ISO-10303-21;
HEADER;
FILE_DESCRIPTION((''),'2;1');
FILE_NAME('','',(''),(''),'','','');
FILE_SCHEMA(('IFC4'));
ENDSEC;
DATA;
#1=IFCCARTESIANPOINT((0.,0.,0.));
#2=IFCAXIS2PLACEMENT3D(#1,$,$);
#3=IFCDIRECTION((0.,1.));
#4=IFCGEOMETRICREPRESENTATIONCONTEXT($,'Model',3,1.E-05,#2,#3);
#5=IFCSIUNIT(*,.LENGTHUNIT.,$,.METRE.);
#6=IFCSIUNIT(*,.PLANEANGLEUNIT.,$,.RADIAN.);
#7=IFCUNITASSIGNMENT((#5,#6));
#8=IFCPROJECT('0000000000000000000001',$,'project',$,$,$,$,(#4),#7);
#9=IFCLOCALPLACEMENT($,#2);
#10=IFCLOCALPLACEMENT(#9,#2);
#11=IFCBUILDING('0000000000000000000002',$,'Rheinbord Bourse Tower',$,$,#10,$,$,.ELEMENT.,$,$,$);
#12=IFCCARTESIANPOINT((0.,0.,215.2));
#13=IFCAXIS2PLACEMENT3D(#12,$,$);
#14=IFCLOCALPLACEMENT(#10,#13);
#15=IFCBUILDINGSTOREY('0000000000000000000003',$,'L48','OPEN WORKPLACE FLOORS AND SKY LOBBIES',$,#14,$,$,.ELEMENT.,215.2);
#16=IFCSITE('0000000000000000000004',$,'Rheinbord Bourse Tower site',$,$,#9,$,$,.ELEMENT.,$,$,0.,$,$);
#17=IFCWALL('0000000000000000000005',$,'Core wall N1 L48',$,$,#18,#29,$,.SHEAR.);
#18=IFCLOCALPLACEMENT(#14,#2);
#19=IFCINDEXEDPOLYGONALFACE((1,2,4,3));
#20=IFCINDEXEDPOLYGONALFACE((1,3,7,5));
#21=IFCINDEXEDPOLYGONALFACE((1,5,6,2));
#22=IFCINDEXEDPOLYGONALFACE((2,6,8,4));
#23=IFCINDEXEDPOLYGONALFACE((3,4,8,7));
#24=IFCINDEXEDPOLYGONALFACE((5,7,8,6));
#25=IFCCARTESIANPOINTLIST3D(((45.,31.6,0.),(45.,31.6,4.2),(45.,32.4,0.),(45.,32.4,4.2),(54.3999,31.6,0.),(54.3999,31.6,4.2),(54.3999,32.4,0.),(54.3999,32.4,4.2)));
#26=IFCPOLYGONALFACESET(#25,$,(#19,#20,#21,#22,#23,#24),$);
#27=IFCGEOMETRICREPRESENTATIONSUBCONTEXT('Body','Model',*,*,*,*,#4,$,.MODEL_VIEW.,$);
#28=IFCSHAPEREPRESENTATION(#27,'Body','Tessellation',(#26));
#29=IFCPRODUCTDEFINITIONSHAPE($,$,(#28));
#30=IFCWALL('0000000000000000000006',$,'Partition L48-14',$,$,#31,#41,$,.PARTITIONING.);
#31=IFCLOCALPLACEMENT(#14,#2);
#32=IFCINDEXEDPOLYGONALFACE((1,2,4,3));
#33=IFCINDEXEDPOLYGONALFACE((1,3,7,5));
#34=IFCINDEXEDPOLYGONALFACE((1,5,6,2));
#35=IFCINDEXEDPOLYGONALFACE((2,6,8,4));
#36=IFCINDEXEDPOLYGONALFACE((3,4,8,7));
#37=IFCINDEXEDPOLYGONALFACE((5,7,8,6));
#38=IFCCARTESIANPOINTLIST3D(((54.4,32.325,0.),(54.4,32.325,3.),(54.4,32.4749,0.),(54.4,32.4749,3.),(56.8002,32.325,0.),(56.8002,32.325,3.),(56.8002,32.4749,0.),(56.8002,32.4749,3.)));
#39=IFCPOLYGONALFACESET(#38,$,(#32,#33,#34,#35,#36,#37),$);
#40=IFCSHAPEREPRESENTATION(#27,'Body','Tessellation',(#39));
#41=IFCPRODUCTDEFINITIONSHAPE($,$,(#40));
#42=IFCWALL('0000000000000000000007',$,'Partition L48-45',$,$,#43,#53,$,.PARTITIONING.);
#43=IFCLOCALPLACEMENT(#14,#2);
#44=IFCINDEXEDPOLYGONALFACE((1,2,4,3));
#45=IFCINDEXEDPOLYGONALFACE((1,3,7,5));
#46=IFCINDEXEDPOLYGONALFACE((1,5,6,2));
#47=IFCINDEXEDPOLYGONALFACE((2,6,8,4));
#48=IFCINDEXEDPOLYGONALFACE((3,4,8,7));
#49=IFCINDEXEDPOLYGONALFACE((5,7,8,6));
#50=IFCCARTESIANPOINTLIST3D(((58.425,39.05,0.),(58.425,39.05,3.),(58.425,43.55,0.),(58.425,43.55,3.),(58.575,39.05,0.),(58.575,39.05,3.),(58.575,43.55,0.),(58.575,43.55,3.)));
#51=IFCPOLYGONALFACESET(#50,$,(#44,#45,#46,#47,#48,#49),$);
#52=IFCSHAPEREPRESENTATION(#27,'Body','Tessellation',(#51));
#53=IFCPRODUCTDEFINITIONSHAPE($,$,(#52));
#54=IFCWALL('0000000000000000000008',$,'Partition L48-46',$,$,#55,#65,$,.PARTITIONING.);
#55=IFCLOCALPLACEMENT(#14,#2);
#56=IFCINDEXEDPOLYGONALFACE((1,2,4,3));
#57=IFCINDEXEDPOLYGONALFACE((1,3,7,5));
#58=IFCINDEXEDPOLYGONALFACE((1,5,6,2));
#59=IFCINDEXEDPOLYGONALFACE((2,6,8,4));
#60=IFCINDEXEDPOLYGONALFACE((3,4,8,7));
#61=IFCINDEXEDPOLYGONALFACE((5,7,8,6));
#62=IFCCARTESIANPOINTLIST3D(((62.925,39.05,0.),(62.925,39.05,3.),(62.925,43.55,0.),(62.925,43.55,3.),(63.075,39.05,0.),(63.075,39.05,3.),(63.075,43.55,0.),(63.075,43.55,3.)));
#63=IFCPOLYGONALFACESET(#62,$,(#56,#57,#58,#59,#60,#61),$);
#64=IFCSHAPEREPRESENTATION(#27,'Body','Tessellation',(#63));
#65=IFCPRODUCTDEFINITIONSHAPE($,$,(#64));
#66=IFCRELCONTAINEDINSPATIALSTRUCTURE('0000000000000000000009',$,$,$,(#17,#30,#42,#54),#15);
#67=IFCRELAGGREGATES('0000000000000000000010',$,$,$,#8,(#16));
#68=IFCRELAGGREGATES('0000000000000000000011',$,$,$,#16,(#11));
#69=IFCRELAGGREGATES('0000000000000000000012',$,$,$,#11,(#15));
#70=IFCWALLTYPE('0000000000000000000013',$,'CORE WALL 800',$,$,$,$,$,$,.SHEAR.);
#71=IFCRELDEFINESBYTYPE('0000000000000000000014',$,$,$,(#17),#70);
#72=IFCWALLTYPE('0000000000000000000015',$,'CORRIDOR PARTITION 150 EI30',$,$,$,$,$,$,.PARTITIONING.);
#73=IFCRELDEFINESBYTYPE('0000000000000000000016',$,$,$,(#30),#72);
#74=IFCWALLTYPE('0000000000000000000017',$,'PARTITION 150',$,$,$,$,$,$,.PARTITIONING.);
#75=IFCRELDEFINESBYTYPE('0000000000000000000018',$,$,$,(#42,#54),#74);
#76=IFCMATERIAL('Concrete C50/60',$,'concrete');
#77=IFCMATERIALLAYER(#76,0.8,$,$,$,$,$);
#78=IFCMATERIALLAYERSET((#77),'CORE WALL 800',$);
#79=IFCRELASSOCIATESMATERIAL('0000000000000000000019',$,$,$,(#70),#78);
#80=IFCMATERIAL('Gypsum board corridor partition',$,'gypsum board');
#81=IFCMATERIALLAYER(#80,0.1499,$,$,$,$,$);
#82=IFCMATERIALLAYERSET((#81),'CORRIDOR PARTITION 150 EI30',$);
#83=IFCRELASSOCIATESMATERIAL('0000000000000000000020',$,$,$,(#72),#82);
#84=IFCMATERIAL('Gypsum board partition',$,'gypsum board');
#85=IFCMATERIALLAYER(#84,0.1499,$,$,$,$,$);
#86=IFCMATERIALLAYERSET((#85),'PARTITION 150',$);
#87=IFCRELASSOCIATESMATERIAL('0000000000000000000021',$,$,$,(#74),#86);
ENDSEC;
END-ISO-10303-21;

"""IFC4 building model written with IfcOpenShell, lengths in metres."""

from ifc_helpers import new_model, si_unit, direction, frame, frame_2d, origin, place, context, subcontext, project, spatial, rectangle, extrude, material, layer, layer_set, type_object, element, save


model = new_model("IFC4")

# Units and contexts
model_context = context("Model", 3, precision=1e-05, world=origin(), true_north=direction((0.0, 1.0)))
body_context = subcontext(model_context, "Body", "Model", "MODEL_VIEW")
ifc_project = project(units=[si_unit("LENGTHUNIT", "METRE"), si_unit("PLANEANGLEUNIT", "RADIAN")], contexts=[model_context])

# Site, building, storey
site_placement = place(None, origin())
site = spatial("IfcSite", under=ifc_project, at=site_placement, Name="Rheinbord Bourse Tower site", CompositionType="ELEMENT", RefElevation=0.0)
building_placement = place(site_placement, origin())
building = spatial("IfcBuilding", under=site, at=building_placement, Name="Rheinbord Bourse Tower", CompositionType="ELEMENT")
storey_placement = place(building_placement, frame((0.0, 0.0, 215.2)))
storey = spatial("IfcBuildingStorey", under=building, at=storey_placement, Name="L48", Description="OPEN WORKPLACE FLOORS AND SKY LOBBIES", CompositionType="ELEMENT", Elevation=215.2)

# Walls
ifc_material_1 = material(Name="Concrete C50/60", Category="concrete")
ifc_layer_1 = layer(ifc_material_1, 0.8)
ifc_layer_set_1 = layer_set([ifc_layer_1], Name="CORE WALL 800")
wall_type_1 = type_object("IfcWallType", Name="CORE WALL 800", PredefinedType="SHEAR", material=ifc_layer_set_1)
wall_1_placement = place(storey_placement, frame((54.3999, 32.0, 0.0), z_axis=(0.0, 0.0, 1.0), x_axis=(-1.0, 0.0, 0.0)))
element("IfcWall", 1, at=wall_1_placement, inside=storey, type_object=wall_type_1, Name="Core wall N1 L48", PredefinedType="SHEAR", context=body_context, shape_type="SweptSolid", body=[
    extrude(rectangle(XDim=9.3999, YDim=0.8, at=frame_2d((4.7, 0.0))), origin(), (0.0, 0.0, 1.0), 4.2),
])
ifc_material_2 = material(Name="Gypsum board corridor partition", Category="gypsum board")
ifc_layer_2 = layer(ifc_material_2, 0.1499)
ifc_layer_set_2 = layer_set([ifc_layer_2], Name="CORRIDOR PARTITION 150 EI30")
wall_type_2 = type_object("IfcWallType", Name="CORRIDOR PARTITION 150 EI30", PredefinedType="PARTITIONING", material=ifc_layer_set_2)
wall_2_placement = place(storey_placement, frame((54.3999, 32.3999, 0.0), z_axis=(0.0, 0.0, 1.0), x_axis=(1.0, 0.0, 0.0)))
element("IfcWall", 2, at=wall_2_placement, inside=storey, type_object=wall_type_2, Name="Partition L48-14", PredefinedType="PARTITIONING", context=body_context, shape_type="SweptSolid", body=[
    extrude(rectangle(XDim=2.4001, YDim=0.1499, at=frame_2d((1.2002, 0.0))), origin(), (0.0, 0.0, 1.0), 3.0),
])
ifc_material_3 = material(Name="Gypsum board partition", Category="gypsum board")
ifc_layer_3 = layer(ifc_material_3, 0.1499)
ifc_layer_set_3 = layer_set([ifc_layer_3], Name="PARTITION 150")
wall_type_3 = type_object("IfcWallType", Name="PARTITION 150", PredefinedType="PARTITIONING", material=ifc_layer_set_3)
for number, where, z_axis, x_axis, name in (
    (3, (58.5, 39.05, 0.0), (0.0, 0.0, 1.0), (0.0, 1.0, 0.0), "Partition L48-45"),
    (4, (63.0, 39.05, 0.0), (0.0, 0.0, 1.0), (0.0, 1.0, 0.0), "Partition L48-46"),
):
    element("IfcWall", number, at=place(storey_placement, frame(where, z_axis=z_axis, x_axis=x_axis)), inside=storey, type_object=wall_type_3, Name=name, PredefinedType="PARTITIONING", context=body_context, shape_type="SweptSolid", body=[
        extrude(rectangle(XDim=4.5, YDim=0.1499, at=frame_2d((2.25, 0.0))), origin(), (0.0, 0.0, 1.0), 3.0),
    ])

save(model, "model.ifc")
